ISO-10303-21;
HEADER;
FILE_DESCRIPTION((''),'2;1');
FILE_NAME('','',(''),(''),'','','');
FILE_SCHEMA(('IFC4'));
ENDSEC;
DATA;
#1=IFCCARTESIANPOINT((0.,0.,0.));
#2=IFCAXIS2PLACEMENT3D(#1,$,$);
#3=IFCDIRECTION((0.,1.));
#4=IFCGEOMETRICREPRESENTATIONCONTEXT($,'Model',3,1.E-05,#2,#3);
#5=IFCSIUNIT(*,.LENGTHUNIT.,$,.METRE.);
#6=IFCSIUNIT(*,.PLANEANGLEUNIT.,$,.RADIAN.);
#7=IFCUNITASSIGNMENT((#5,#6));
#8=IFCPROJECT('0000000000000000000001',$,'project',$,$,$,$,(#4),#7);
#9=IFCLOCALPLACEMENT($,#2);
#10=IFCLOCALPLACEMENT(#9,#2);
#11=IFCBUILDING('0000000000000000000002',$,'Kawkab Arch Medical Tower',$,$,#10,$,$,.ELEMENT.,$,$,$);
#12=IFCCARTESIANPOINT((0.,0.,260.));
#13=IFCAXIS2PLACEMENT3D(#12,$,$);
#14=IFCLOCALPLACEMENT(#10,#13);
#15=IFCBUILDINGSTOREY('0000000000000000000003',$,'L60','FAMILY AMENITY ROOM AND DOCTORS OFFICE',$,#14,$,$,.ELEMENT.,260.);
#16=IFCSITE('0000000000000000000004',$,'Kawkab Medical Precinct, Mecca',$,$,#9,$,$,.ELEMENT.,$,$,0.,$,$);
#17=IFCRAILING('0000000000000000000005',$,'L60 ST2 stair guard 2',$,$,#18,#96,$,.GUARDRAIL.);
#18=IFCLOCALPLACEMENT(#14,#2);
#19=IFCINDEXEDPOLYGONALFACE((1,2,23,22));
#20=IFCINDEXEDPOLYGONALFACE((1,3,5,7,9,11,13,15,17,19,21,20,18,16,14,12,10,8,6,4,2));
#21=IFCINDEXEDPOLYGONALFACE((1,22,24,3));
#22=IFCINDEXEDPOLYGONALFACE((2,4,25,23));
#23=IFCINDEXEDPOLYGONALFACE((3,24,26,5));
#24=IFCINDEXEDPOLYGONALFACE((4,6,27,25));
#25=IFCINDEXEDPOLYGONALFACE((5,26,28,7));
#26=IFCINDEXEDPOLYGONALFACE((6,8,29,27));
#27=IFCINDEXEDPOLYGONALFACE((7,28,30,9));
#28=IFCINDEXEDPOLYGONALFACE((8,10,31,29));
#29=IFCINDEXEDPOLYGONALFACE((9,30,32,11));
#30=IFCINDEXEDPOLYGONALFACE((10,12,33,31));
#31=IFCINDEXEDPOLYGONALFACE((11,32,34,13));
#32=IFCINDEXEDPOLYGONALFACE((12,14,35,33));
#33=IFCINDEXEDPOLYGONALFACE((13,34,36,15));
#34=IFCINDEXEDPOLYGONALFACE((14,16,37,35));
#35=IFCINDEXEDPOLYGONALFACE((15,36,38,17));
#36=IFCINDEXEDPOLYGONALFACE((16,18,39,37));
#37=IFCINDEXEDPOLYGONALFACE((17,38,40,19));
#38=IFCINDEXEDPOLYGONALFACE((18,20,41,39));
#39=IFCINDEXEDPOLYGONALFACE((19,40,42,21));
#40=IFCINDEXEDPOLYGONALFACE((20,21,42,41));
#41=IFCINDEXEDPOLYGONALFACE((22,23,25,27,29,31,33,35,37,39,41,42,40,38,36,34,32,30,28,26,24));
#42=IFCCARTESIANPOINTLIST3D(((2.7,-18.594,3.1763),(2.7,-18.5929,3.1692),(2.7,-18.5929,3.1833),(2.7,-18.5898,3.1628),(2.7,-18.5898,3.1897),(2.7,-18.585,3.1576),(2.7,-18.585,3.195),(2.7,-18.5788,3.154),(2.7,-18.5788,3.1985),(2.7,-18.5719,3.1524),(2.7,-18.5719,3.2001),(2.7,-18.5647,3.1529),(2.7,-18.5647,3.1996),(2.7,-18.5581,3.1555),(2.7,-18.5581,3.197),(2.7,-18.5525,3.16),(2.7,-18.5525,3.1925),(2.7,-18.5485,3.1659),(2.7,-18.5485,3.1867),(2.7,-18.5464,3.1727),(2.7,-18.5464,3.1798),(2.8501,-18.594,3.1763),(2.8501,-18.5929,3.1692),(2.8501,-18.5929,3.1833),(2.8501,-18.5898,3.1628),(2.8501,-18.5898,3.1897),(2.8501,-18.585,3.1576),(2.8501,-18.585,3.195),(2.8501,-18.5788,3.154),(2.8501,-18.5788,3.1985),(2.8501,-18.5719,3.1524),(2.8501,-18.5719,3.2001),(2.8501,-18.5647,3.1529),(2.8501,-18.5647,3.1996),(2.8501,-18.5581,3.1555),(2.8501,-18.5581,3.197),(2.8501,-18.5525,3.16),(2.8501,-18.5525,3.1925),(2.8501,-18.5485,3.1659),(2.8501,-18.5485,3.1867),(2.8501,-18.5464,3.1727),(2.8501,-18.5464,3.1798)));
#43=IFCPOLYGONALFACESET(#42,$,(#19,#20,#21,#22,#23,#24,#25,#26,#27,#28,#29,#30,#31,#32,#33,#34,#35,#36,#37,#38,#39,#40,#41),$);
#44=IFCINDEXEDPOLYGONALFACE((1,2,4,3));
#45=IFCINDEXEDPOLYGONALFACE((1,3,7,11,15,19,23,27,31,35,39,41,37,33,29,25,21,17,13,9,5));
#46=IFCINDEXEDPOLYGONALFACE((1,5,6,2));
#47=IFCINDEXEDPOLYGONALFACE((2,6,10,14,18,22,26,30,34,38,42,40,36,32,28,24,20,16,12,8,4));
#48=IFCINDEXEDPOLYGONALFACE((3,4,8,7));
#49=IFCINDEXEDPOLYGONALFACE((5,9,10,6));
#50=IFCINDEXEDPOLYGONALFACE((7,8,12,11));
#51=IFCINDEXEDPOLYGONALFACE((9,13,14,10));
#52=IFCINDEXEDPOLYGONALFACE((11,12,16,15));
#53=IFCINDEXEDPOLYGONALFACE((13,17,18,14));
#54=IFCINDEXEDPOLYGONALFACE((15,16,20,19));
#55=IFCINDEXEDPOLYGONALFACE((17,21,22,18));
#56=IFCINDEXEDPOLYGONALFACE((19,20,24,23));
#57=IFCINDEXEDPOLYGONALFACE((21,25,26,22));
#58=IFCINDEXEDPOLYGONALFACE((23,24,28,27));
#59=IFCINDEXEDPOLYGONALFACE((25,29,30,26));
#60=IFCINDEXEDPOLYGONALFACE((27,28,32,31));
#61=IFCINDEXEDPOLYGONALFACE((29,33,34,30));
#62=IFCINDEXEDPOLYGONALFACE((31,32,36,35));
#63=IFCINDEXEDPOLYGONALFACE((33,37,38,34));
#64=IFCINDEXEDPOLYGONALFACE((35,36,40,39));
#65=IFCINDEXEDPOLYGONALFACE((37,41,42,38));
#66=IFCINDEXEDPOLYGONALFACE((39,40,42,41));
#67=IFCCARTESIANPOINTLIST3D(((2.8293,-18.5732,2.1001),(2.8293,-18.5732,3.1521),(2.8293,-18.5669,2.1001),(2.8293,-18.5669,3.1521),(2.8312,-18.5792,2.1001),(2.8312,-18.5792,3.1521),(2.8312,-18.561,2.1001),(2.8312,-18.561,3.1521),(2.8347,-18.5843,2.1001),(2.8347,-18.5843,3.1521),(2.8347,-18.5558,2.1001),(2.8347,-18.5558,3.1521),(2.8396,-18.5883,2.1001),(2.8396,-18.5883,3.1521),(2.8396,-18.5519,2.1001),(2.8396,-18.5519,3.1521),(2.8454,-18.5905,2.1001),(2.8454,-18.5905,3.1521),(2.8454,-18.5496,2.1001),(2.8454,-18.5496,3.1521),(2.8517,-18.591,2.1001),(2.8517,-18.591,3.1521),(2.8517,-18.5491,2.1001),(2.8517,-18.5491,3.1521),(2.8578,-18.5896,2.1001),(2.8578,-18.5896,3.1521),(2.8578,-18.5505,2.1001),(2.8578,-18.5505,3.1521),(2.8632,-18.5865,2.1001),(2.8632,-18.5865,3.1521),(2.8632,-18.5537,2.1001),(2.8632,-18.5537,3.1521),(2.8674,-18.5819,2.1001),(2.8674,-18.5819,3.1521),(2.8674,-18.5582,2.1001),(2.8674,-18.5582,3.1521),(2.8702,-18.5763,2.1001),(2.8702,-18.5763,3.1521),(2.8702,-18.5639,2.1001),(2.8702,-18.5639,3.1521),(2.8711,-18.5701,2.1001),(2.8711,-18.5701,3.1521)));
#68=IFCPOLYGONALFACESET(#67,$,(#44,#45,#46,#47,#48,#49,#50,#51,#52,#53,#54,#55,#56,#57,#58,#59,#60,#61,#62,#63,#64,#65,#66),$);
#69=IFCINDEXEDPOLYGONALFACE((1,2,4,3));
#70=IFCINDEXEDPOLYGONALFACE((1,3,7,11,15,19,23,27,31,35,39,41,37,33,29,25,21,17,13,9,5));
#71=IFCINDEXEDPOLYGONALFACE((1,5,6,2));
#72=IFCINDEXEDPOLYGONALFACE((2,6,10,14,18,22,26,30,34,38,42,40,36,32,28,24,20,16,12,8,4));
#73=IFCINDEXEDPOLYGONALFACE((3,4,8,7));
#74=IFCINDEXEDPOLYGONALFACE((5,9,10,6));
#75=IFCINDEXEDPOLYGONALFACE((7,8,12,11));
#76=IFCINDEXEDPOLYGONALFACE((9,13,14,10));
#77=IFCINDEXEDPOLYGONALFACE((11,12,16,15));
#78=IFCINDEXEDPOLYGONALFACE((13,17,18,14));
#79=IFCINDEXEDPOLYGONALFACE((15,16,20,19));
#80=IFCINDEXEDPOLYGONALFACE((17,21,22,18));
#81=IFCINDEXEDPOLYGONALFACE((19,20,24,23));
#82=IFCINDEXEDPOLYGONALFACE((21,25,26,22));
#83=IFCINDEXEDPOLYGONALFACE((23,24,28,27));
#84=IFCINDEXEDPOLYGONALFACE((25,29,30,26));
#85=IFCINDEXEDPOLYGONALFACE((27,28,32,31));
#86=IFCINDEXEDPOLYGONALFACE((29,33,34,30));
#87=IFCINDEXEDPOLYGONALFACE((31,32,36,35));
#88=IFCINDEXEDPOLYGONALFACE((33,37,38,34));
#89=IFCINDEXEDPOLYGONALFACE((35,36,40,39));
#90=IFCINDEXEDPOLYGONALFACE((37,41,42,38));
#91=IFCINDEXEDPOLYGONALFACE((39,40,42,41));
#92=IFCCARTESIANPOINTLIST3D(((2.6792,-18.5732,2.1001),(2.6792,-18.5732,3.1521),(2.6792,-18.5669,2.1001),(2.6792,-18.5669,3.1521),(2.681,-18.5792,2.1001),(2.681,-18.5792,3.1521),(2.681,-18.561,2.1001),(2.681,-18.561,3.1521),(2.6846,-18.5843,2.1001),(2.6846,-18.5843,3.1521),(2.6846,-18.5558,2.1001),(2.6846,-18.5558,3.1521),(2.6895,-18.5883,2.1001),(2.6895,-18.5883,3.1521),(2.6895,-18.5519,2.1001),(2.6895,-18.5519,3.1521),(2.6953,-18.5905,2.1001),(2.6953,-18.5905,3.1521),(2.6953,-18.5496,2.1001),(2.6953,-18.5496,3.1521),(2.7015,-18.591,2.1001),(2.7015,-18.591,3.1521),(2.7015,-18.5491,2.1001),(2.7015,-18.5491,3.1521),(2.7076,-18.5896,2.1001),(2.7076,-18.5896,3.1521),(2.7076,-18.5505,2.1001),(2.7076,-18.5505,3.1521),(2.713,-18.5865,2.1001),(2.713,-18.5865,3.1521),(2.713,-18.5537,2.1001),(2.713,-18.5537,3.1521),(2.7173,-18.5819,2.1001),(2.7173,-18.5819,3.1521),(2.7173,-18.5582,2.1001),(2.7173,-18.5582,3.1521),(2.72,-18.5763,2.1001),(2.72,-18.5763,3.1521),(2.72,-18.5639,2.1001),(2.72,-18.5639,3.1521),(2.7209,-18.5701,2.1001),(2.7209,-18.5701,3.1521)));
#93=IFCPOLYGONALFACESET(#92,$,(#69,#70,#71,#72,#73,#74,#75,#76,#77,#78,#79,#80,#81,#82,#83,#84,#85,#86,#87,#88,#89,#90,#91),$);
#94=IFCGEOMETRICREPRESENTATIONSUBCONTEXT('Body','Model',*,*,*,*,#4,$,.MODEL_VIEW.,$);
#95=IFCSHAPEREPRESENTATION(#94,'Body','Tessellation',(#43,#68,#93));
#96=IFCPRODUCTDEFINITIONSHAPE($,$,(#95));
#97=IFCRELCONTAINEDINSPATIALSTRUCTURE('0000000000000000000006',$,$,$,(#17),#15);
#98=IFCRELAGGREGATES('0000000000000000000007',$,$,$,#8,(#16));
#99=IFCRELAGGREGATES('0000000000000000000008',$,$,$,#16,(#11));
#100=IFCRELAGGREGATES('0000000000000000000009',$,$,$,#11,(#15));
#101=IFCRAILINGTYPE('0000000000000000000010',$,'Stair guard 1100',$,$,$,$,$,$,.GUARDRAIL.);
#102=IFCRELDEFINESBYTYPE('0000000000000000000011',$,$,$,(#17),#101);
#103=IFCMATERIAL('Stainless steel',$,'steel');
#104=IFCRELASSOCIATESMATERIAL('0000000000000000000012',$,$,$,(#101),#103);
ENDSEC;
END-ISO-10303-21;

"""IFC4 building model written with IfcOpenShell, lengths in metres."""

from ifc_helpers import new_model, si_unit, direction, frame, origin, origin_2d, place, context, subcontext, project, spatial, circle, extrude, material, type_object, element, save


model = new_model("IFC4")

# Units and contexts
model_context = context("Model", 3, precision=1e-05, world=origin(), true_north=direction((0.0, 1.0)))
body_context = subcontext(model_context, "Body", "Model", "MODEL_VIEW")
ifc_project = project(units=[si_unit("LENGTHUNIT", "METRE"), si_unit("PLANEANGLEUNIT", "RADIAN")], contexts=[model_context])

# Site, building, storey
site_placement = place(None, origin())
site = spatial("IfcSite", under=ifc_project, at=site_placement, Name="Kawkab Medical Precinct, Mecca", CompositionType="ELEMENT", RefElevation=0.0)
building_placement = place(site_placement, origin())
building = spatial("IfcBuilding", under=site, at=building_placement, Name="Kawkab Arch Medical Tower", CompositionType="ELEMENT")
storey_placement = place(building_placement, frame((0.0, 0.0, 260.0)))
storey = spatial("IfcBuildingStorey", under=building, at=storey_placement, Name="L60", Description="FAMILY AMENITY ROOM AND DOCTORS OFFICE", CompositionType="ELEMENT", Elevation=260.0)

# Railing
ifc_material_1 = material(Name="Stainless steel", Category="steel")
railing_type = type_object("IfcRailingType", Name="Stair guard 1100", PredefinedType="GUARDRAIL", material=ifc_material_1)
railing_1_placement = place(storey_placement, frame((2.8501, -18.5701, 2.1001)))
element("IfcRailing", 1, at=railing_1_placement, inside=storey, type_object=railing_type, Name="L60 ST2 stair guard 2", PredefinedType="GUARDRAIL", context=body_context, shape_type="SweptSolid", body=[
    extrude(circle(Radius=0.0239, at=origin_2d()), frame((0.0, 0.0, 1.0762), z_axis=(-1.0, 0.0, 0.0), x_axis=(0.0, -1.0, 0.0)), (0.0, 0.0, 1.0), 0.1501),
    extrude(circle(Radius=0.021, at=origin_2d()), origin(), (0.0, 0.0, 1.0), 1.052),
    extrude(circle(Radius=0.021, at=origin_2d()), frame((-0.1501, 0.0, 0.0)), (0.0, 0.0, 1.0), 1.052),
])

save(model, "model.ifc")
